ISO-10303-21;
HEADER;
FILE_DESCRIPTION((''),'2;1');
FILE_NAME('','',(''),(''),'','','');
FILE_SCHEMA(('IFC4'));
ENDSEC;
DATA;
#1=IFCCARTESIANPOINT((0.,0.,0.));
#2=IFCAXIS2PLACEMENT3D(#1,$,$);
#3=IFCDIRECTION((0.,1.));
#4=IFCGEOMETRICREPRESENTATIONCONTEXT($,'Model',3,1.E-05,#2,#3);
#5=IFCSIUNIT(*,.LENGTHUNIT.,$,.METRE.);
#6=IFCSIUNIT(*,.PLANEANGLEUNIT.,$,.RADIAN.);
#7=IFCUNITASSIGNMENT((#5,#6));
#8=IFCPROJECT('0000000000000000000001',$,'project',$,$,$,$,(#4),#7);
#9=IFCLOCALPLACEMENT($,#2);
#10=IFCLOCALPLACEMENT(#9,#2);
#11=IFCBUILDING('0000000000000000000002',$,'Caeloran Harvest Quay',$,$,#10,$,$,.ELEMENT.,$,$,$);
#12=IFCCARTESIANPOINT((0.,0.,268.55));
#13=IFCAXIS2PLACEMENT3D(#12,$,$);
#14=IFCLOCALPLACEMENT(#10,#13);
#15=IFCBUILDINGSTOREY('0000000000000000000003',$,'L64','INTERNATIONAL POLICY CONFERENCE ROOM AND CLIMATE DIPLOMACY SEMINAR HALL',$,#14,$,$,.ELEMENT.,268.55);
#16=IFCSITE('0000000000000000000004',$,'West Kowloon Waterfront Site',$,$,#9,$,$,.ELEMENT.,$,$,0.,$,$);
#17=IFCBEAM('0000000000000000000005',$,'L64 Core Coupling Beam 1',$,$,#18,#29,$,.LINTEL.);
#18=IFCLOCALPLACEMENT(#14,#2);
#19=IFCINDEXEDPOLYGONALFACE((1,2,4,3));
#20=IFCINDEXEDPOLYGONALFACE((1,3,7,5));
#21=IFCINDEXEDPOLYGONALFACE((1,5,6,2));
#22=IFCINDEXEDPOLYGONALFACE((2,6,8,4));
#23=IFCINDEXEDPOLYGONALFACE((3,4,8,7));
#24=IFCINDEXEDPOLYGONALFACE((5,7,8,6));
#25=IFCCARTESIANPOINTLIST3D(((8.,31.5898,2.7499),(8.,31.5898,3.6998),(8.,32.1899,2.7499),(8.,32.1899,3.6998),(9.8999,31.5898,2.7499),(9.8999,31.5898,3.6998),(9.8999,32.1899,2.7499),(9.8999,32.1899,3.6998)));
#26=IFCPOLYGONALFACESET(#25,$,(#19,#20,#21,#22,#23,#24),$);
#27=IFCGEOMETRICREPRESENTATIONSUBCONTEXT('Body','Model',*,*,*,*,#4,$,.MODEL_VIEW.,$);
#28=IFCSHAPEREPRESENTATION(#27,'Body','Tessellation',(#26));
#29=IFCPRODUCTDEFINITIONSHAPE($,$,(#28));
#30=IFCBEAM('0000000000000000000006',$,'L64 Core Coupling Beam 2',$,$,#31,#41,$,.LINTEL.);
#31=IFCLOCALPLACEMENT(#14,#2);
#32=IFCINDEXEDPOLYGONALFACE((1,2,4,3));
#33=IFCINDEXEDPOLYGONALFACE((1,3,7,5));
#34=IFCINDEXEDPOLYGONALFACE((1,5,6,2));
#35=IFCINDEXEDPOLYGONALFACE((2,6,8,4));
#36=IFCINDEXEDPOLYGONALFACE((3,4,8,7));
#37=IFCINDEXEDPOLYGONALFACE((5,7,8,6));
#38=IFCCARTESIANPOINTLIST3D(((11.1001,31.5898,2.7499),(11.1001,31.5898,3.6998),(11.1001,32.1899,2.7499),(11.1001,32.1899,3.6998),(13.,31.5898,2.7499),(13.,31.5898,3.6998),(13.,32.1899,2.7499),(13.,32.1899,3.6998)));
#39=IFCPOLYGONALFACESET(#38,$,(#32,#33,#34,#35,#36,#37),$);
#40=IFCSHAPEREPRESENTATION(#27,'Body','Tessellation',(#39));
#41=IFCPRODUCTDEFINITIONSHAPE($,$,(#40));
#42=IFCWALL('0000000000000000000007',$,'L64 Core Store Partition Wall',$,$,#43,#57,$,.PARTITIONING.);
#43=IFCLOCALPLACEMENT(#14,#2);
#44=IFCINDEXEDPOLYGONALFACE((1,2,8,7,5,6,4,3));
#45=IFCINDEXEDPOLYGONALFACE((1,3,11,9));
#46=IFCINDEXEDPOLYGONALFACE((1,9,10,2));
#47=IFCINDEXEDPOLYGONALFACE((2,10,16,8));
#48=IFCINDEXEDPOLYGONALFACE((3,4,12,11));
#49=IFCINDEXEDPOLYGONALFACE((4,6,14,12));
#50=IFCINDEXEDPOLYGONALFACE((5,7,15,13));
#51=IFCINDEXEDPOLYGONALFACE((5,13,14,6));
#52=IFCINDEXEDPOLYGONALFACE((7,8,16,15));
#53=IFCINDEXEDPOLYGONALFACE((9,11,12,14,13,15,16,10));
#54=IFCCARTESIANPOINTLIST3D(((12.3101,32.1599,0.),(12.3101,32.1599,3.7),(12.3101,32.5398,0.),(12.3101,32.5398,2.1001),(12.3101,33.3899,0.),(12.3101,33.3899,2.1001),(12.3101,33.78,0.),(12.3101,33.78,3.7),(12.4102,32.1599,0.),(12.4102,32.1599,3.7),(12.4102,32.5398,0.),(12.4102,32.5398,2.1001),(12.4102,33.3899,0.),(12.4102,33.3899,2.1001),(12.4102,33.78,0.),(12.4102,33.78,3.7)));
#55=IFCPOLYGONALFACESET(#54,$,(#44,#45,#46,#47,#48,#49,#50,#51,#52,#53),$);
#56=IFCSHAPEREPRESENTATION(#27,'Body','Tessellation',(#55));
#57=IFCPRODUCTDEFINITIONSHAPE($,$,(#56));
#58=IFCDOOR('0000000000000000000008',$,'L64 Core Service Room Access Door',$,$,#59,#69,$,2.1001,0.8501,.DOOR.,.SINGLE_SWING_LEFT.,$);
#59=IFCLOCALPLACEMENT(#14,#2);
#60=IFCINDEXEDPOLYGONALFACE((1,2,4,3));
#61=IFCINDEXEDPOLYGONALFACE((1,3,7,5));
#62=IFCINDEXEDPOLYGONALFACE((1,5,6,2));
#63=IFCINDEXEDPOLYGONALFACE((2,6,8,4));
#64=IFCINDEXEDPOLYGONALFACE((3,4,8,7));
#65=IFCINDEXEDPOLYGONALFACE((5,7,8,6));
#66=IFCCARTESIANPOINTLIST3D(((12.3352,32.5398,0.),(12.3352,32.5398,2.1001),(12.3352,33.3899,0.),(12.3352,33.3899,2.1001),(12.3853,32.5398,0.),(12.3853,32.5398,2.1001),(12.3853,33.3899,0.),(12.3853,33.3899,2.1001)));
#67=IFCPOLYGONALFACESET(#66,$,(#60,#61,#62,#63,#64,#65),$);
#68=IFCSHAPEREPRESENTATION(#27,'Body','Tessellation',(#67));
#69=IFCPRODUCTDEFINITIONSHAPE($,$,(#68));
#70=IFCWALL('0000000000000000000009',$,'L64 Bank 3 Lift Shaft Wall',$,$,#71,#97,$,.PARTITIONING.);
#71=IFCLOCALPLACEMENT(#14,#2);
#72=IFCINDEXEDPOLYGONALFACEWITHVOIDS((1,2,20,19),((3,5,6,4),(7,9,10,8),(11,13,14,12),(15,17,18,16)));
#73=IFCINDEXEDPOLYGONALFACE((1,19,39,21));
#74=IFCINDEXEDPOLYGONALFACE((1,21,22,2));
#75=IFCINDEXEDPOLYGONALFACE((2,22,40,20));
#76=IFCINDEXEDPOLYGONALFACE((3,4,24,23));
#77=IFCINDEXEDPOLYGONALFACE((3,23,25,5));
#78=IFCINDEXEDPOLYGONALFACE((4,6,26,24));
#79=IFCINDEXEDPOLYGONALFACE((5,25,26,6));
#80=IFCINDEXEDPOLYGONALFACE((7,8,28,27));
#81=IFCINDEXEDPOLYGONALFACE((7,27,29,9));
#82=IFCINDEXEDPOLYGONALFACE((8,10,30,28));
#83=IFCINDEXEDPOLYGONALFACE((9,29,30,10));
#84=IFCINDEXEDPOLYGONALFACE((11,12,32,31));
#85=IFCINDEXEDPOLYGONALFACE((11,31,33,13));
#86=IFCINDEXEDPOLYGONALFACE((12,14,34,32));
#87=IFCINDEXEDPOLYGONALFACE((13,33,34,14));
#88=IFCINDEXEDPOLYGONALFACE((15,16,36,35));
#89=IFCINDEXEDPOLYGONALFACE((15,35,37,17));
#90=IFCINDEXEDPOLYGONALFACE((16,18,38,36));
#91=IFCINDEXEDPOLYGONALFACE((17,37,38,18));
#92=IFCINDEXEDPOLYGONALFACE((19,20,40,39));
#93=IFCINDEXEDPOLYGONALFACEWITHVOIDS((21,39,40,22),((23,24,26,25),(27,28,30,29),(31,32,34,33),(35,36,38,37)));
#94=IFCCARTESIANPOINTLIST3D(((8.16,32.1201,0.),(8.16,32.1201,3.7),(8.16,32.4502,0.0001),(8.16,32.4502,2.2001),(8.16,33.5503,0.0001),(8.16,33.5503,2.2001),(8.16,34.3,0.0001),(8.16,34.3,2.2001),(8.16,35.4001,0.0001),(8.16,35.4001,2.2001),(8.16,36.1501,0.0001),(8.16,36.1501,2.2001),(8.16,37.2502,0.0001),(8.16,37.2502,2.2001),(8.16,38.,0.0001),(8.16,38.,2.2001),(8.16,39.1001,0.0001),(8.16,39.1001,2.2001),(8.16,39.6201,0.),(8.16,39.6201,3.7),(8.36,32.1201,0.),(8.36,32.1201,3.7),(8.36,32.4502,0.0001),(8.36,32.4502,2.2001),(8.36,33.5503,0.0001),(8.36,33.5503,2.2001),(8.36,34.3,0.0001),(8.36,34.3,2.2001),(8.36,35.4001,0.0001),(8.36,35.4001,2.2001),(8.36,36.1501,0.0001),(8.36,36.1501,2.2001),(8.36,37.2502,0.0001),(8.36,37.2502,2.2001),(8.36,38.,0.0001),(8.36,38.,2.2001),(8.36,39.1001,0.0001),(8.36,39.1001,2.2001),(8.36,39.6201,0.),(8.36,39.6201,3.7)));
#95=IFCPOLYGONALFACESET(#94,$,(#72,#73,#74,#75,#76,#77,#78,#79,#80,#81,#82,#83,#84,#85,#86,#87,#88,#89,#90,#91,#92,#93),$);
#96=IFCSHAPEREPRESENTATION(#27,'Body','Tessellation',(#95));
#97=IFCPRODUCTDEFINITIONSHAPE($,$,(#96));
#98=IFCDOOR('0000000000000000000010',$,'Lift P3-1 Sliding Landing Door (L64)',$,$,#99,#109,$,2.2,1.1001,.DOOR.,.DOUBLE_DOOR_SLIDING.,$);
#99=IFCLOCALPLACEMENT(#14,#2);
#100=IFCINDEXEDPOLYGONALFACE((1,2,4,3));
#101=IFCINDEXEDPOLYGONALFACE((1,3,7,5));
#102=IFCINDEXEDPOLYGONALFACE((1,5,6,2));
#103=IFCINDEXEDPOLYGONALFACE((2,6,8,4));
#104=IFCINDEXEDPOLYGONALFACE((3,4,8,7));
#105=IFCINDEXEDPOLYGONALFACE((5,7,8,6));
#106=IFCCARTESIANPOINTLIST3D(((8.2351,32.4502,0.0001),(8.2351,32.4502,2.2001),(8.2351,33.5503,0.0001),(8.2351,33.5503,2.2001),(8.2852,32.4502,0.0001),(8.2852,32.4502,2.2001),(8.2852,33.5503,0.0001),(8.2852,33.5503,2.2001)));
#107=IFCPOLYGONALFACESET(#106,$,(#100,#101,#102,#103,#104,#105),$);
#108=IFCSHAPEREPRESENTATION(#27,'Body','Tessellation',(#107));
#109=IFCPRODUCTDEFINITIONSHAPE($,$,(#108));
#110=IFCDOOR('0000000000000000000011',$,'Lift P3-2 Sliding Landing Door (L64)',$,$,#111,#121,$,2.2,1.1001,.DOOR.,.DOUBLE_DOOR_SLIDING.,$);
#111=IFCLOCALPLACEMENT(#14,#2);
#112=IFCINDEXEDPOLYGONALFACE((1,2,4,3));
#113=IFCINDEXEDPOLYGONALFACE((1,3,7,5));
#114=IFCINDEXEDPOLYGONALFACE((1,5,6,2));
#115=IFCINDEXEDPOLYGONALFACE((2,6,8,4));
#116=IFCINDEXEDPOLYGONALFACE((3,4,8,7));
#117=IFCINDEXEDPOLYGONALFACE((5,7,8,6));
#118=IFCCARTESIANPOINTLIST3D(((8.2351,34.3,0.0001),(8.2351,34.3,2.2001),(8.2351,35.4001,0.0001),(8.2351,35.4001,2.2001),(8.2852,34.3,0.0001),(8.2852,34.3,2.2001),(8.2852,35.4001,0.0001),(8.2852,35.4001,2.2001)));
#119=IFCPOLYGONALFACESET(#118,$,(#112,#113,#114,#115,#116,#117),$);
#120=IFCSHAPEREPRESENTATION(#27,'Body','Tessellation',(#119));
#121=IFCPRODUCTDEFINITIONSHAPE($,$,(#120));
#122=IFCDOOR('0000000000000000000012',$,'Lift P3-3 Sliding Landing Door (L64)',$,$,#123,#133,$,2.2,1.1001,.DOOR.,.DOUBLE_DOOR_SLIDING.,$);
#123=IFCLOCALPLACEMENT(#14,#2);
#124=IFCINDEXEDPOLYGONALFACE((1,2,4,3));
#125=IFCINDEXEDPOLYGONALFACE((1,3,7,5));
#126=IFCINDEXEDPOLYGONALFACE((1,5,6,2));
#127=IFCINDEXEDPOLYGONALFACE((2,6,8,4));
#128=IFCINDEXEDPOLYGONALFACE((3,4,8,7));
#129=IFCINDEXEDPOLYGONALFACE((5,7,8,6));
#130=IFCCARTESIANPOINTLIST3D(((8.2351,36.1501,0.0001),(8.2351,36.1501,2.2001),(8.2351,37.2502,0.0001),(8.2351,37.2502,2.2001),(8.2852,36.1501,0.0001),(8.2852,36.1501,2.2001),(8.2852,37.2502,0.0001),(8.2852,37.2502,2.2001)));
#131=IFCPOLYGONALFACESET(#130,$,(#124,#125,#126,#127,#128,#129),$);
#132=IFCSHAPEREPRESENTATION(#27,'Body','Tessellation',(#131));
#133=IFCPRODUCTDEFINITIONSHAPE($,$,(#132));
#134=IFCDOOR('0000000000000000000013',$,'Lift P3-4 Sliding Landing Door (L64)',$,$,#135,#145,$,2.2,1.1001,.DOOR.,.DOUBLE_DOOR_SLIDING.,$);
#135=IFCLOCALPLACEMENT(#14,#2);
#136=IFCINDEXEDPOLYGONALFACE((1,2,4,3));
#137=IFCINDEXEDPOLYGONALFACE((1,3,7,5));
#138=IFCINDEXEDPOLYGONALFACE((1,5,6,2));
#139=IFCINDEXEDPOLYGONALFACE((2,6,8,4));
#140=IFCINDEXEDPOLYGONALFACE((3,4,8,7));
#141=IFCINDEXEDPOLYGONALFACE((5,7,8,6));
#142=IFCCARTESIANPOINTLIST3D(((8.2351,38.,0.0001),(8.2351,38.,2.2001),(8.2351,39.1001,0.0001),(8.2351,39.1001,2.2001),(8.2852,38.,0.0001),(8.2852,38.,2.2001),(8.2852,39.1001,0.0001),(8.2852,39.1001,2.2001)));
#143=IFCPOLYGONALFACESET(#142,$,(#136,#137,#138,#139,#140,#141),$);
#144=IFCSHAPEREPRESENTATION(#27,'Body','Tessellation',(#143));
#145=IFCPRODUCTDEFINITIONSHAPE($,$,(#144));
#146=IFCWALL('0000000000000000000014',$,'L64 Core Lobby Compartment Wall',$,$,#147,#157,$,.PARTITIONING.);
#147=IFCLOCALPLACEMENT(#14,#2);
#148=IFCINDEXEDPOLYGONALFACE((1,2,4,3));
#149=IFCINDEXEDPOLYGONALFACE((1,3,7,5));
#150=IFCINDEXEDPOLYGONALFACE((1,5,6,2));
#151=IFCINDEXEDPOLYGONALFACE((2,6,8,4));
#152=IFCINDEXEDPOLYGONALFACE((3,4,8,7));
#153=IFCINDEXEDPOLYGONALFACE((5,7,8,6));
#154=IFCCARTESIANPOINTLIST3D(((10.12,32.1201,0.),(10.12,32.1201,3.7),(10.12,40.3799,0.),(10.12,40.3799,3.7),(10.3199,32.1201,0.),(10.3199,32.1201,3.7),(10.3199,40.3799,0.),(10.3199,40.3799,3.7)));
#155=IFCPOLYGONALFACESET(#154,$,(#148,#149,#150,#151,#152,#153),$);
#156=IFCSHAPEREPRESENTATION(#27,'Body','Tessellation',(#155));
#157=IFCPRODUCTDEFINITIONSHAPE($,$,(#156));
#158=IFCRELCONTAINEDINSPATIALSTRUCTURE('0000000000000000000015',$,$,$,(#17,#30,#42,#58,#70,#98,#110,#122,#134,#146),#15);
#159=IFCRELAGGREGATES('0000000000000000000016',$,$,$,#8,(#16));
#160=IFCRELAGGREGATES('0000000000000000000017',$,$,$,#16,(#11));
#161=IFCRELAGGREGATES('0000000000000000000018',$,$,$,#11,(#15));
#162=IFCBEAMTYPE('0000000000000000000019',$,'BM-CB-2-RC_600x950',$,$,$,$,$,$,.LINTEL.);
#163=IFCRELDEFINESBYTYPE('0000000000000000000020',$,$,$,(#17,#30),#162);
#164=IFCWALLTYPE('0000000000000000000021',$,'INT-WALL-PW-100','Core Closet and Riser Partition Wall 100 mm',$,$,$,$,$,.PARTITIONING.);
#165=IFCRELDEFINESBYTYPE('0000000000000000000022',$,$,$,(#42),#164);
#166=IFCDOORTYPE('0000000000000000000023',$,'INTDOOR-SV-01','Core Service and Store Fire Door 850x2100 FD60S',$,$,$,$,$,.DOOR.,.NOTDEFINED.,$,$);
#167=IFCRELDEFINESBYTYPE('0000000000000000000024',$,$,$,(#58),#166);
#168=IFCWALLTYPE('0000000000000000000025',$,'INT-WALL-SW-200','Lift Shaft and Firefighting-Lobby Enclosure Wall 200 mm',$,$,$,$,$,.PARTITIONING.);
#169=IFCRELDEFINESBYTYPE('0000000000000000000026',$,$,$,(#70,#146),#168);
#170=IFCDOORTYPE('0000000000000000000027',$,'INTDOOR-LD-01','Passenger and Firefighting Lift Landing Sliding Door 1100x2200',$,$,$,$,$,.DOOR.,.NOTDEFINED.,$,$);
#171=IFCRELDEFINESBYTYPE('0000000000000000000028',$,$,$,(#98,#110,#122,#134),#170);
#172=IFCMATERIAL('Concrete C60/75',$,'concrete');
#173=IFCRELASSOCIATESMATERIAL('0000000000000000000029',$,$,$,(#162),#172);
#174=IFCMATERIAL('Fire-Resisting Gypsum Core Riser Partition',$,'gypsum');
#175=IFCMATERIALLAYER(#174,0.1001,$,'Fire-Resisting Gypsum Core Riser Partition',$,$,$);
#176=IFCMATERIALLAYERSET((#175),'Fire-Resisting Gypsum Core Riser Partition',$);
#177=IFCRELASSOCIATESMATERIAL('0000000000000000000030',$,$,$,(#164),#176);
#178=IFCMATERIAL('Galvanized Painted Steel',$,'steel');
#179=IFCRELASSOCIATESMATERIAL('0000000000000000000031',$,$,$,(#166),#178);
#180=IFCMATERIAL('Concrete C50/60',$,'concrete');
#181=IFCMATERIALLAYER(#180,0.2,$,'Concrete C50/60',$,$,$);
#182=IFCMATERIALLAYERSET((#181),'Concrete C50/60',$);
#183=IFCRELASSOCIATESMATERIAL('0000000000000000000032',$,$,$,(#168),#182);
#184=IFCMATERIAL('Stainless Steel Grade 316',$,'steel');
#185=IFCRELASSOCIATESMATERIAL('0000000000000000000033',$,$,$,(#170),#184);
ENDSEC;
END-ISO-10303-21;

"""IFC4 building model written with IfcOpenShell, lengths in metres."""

from ifc_helpers import new_model, si_unit, direction, frame, frame_2d, origin, origin_2d, place, context, subcontext, project, spatial, rectangle, extrude, material, layer, layer_set, material_profile, profile_set, type_object, element, fill, save


model = new_model("IFC4")

# Units and contexts
model_context = context("Model", 3, precision=1e-05, world=origin(), true_north=direction((0.0, 1.0)))
body_context = subcontext(model_context, "Body", "Model", "MODEL_VIEW")
ifc_project = project(units=[si_unit("LENGTHUNIT", "METRE"), si_unit("PLANEANGLEUNIT", "RADIAN")], contexts=[model_context])

# Site, building, storey
site_placement = place(None, origin())
site = spatial("IfcSite", under=ifc_project, at=site_placement, Name="West Kowloon Waterfront Site", CompositionType="ELEMENT", RefElevation=0.0)
building_placement = place(site_placement, origin())
building = spatial("IfcBuilding", under=site, at=building_placement, Name="Caeloran Harvest Quay", CompositionType="ELEMENT")
storey_placement = place(building_placement, frame((0.0, 0.0, 268.55)))
storey = spatial("IfcBuildingStorey", under=building, at=storey_placement, Name="L64", Description="INTERNATIONAL POLICY CONFERENCE ROOM AND CLIMATE DIPLOMACY SEMINAR HALL", CompositionType="ELEMENT", Elevation=268.55)

# Beams
ifc_material_1 = material(Name="Concrete C60/75", Category="concrete")
ifc_material_profile = material_profile(ifc_material_1, rectangle(XDim=0.6001, YDim=0.95, at=origin_2d()), Name="RC 600x950")
ifc_profile_set = profile_set([ifc_material_profile], Name="Concrete C60/75")
beam_type = type_object("IfcBeamType", Name="BM-CB-2-RC_600x950", PredefinedType="LINTEL", material=ifc_profile_set)
for number, where, z_axis, x_axis, name in (
    (1, (8.0, 31.8899, 3.2249), (1.0, 0.0, 0.0), (0.0, 1.0, 0.0), "L64 Core Coupling Beam 1"),
    (2, (11.1001, 31.8899, 3.2249), (1.0, 0.0, 0.0), (0.0, 1.0, 0.0), "L64 Core Coupling Beam 2"),
):
    element("IfcBeam", number, at=place(storey_placement, frame(where, z_axis=z_axis, x_axis=x_axis)), inside=storey, type_object=beam_type, Name=name, PredefinedType="LINTEL", context=body_context, shape_type="SweptSolid", body=[
        extrude(rectangle(XDim=0.6001, YDim=0.95, at=origin_2d()), origin(), (0.0, 0.0, 1.0), 1.8999),
    ])

# Wall, opening, door
ifc_material_2 = material(Name="Fire-Resisting Gypsum Core Riser Partition", Category="gypsum")
ifc_layer_1 = layer(ifc_material_2, 0.1001, Name="Fire-Resisting Gypsum Core Riser Partition")
ifc_layer_set_1 = layer_set([ifc_layer_1], Name="Fire-Resisting Gypsum Core Riser Partition")
wall_type_1 = type_object("IfcWallType", Name="INT-WALL-PW-100", Description="Core Closet and Riser Partition Wall 100 mm", PredefinedType="PARTITIONING", material=ifc_layer_set_1)
wall_1_placement = place(storey_placement, frame((12.3601, 32.1599, 0.0), z_axis=(0.0, 0.0, 1.0), x_axis=(0.0, 1.0, 0.0)))
wall_1 = element("IfcWall", 3, at=wall_1_placement, inside=storey, type_object=wall_type_1, Name="L64 Core Store Partition Wall", PredefinedType="PARTITIONING", context=body_context, shape_type="SweptSolid", body=[
    extrude(rectangle(XDim=1.6201, YDim=0.1001, at=frame_2d((0.8101, 0.0))), origin(), (0.0, 0.0, 1.0), 3.7),
])
opening_1_placement = place(wall_1_placement, frame((0.3799, 0.0, 0.0)))
opening_1 = element("IfcOpeningElement", 4, at=opening_1_placement, cuts=wall_1, PredefinedType="OPENING", context=body_context, shape_type="SweptSolid", body=[
    extrude(rectangle(XDim=0.8501, YDim=2.1001, at=frame_2d((0.425, 1.05))), frame((0.0, 0.0601, 0.0), z_axis=(0.0, -1.0, 0.0), x_axis=(1.0, 0.0, 0.0)), (0.0, 0.0, 1.0), 0.1201),
])
ifc_material_3 = material(Name="Galvanized Painted Steel", Category="steel")
door_type_1 = type_object("IfcDoorType", Name="INTDOOR-SV-01", Description="Core Service and Store Fire Door 850x2100 FD60S", OperationType="NOTDEFINED", PredefinedType="DOOR", material=ifc_material_3)
door_1_placement = place(opening_1_placement, origin())
door_1 = element("IfcDoor", 5, at=door_1_placement, inside=storey, type_object=door_type_1, Name="L64 Core Service Room Access Door", OperationType="SINGLE_SWING_LEFT", OverallHeight=2.1001, OverallWidth=0.8501, PredefinedType="DOOR", context=body_context, shape_type="SweptSolid", body=[
    extrude(rectangle(XDim=0.8501, YDim=2.1001, at=frame_2d((0.425, 1.05))), frame((0.0, 0.0249, 0.0), z_axis=(0.0, -1.0, 0.0), x_axis=(1.0, 0.0, 0.0)), (0.0, 0.0, 1.0), 0.05),
])
fill(opening_1, door_1)

# Wall, openings, doors
ifc_material_4 = material(Name="Concrete C50/60", Category="concrete")
ifc_layer_2 = layer(ifc_material_4, 0.2, Name="Concrete C50/60")
ifc_layer_set_2 = layer_set([ifc_layer_2], Name="Concrete C50/60")
wall_type_2 = type_object("IfcWallType", Name="INT-WALL-SW-200", Description="Lift Shaft and Firefighting-Lobby Enclosure Wall 200 mm", PredefinedType="PARTITIONING", material=ifc_layer_set_2)
wall_2_placement = place(storey_placement, frame((8.26, 32.1201, 0.0), z_axis=(0.0, 0.0, 1.0), x_axis=(0.0, 1.0, 0.0)))
wall_2 = element("IfcWall", 6, at=wall_2_placement, inside=storey, type_object=wall_type_2, Name="L64 Bank 3 Lift Shaft Wall", PredefinedType="PARTITIONING", context=body_context, shape_type="SweptSolid", body=[
    extrude(rectangle(XDim=7.5, YDim=0.2, at=frame_2d((3.75, 0.0))), origin(), (0.0, 0.0, 1.0), 3.7),
])
opening_2_placement = place(wall_2_placement, frame((0.3301, 0.0, 0.0)))
opening_2 = element("IfcOpeningElement", 7, at=opening_2_placement, cuts=wall_2, PredefinedType="OPENING", context=body_context, shape_type="SweptSolid", body=[
    extrude(rectangle(XDim=1.1001, YDim=2.2, at=frame_2d((0.55, 1.1001))), frame((0.0, 0.1099, 0.0), z_axis=(0.0, -1.0, 0.0), x_axis=(1.0, 0.0, 0.0)), (0.0, 0.0, 1.0), 0.22),
])
opening_3_placement = place(wall_2_placement, frame((2.1799, 0.0, 0.0)))
opening_3 = element("IfcOpeningElement", 8, at=opening_3_placement, cuts=wall_2, PredefinedType="OPENING", context=body_context, shape_type="SweptSolid", body=[
    extrude(rectangle(XDim=1.1001, YDim=2.2, at=frame_2d((0.55, 1.1001))), frame((0.0, 0.1099, 0.0), z_axis=(0.0, -1.0, 0.0), x_axis=(1.0, 0.0, 0.0)), (0.0, 0.0, 1.0), 0.22),
])
opening_4_placement = place(wall_2_placement, frame((4.03, 0.0, 0.0)))
opening_4 = element("IfcOpeningElement", 9, at=opening_4_placement, cuts=wall_2, PredefinedType="OPENING", context=body_context, shape_type="SweptSolid", body=[
    extrude(rectangle(XDim=1.1001, YDim=2.2, at=frame_2d((0.55, 1.1001))), frame((0.0, 0.1099, 0.0), z_axis=(0.0, -1.0, 0.0), x_axis=(1.0, 0.0, 0.0)), (0.0, 0.0, 1.0), 0.22),
])
opening_5_placement = place(wall_2_placement, frame((5.8799, 0.0, 0.0)))
opening_5 = element("IfcOpeningElement", 10, at=opening_5_placement, cuts=wall_2, PredefinedType="OPENING", context=body_context, shape_type="SweptSolid", body=[
    extrude(rectangle(XDim=1.1001, YDim=2.2, at=frame_2d((0.55, 1.1001))), frame((0.0, 0.1099, 0.0), z_axis=(0.0, -1.0, 0.0), x_axis=(1.0, 0.0, 0.0)), (0.0, 0.0, 1.0), 0.22),
])
ifc_material_5 = material(Name="Stainless Steel Grade 316", Category="steel")
door_type_2 = type_object("IfcDoorType", Name="INTDOOR-LD-01", Description="Passenger and Firefighting Lift Landing Sliding Door 1100x2200", OperationType="NOTDEFINED", PredefinedType="DOOR", material=ifc_material_5)
door_2_placement = place(opening_2_placement, origin())
door_2 = element("IfcDoor", 11, at=door_2_placement, inside=storey, type_object=door_type_2, Name="Lift P3-1 Sliding Landing Door (L64)", OperationType="DOUBLE_DOOR_SLIDING", OverallHeight=2.2, OverallWidth=1.1001, PredefinedType="DOOR", context=body_context, shape_type="SweptSolid", body=[
    extrude(rectangle(XDim=1.1001, YDim=2.2, at=frame_2d((0.55, 1.1001))), frame((0.0, 0.0249, 0.0), z_axis=(0.0, -1.0, 0.0), x_axis=(1.0, 0.0, 0.0)), (0.0, 0.0, 1.0), 0.05),
])
fill(opening_2, door_2)
door_3_placement = place(opening_3_placement, origin())
door_3 = element("IfcDoor", 12, at=door_3_placement, inside=storey, type_object=door_type_2, Name="Lift P3-2 Sliding Landing Door (L64)", OperationType="DOUBLE_DOOR_SLIDING", OverallHeight=2.2, OverallWidth=1.1001, PredefinedType="DOOR", context=body_context, shape_type="SweptSolid", body=[
    extrude(rectangle(XDim=1.1001, YDim=2.2, at=frame_2d((0.55, 1.1001))), frame((0.0, 0.0249, 0.0), z_axis=(0.0, -1.0, 0.0), x_axis=(1.0, 0.0, 0.0)), (0.0, 0.0, 1.0), 0.05),
])
fill(opening_3, door_3)
door_4_placement = place(opening_4_placement, origin())
door_4 = element("IfcDoor", 13, at=door_4_placement, inside=storey, type_object=door_type_2, Name="Lift P3-3 Sliding Landing Door (L64)", OperationType="DOUBLE_DOOR_SLIDING", OverallHeight=2.2, OverallWidth=1.1001, PredefinedType="DOOR", context=body_context, shape_type="SweptSolid", body=[
    extrude(rectangle(XDim=1.1001, YDim=2.2, at=frame_2d((0.55, 1.1001))), frame((0.0, 0.0249, 0.0), z_axis=(0.0, -1.0, 0.0), x_axis=(1.0, 0.0, 0.0)), (0.0, 0.0, 1.0), 0.05),
])
fill(opening_4, door_4)
door_5_placement = place(opening_5_placement, origin())
door_5 = element("IfcDoor", 14, at=door_5_placement, inside=storey, type_object=door_type_2, Name="Lift P3-4 Sliding Landing Door (L64)", OperationType="DOUBLE_DOOR_SLIDING", OverallHeight=2.2, OverallWidth=1.1001, PredefinedType="DOOR", context=body_context, shape_type="SweptSolid", body=[
    extrude(rectangle(XDim=1.1001, YDim=2.2, at=frame_2d((0.55, 1.1001))), frame((0.0, 0.0249, 0.0), z_axis=(0.0, -1.0, 0.0), x_axis=(1.0, 0.0, 0.0)), (0.0, 0.0, 1.0), 0.05),
])
fill(opening_5, door_5)

# Wall
wall_3_placement = place(storey_placement, frame((10.22, 32.1201, 0.0), z_axis=(0.0, 0.0, 1.0), x_axis=(0.0, 1.0, 0.0)))
element("IfcWall", 15, at=wall_3_placement, inside=storey, type_object=wall_type_2, Name="L64 Core Lobby Compartment Wall", PredefinedType="PARTITIONING", context=body_context, shape_type="SweptSolid", body=[
    extrude(rectangle(XDim=8.2598, YDim=0.2, at=frame_2d((4.1299, 0.0))), origin(), (0.0, 0.0, 1.0), 3.7),
])

save(model, "model.ifc")
